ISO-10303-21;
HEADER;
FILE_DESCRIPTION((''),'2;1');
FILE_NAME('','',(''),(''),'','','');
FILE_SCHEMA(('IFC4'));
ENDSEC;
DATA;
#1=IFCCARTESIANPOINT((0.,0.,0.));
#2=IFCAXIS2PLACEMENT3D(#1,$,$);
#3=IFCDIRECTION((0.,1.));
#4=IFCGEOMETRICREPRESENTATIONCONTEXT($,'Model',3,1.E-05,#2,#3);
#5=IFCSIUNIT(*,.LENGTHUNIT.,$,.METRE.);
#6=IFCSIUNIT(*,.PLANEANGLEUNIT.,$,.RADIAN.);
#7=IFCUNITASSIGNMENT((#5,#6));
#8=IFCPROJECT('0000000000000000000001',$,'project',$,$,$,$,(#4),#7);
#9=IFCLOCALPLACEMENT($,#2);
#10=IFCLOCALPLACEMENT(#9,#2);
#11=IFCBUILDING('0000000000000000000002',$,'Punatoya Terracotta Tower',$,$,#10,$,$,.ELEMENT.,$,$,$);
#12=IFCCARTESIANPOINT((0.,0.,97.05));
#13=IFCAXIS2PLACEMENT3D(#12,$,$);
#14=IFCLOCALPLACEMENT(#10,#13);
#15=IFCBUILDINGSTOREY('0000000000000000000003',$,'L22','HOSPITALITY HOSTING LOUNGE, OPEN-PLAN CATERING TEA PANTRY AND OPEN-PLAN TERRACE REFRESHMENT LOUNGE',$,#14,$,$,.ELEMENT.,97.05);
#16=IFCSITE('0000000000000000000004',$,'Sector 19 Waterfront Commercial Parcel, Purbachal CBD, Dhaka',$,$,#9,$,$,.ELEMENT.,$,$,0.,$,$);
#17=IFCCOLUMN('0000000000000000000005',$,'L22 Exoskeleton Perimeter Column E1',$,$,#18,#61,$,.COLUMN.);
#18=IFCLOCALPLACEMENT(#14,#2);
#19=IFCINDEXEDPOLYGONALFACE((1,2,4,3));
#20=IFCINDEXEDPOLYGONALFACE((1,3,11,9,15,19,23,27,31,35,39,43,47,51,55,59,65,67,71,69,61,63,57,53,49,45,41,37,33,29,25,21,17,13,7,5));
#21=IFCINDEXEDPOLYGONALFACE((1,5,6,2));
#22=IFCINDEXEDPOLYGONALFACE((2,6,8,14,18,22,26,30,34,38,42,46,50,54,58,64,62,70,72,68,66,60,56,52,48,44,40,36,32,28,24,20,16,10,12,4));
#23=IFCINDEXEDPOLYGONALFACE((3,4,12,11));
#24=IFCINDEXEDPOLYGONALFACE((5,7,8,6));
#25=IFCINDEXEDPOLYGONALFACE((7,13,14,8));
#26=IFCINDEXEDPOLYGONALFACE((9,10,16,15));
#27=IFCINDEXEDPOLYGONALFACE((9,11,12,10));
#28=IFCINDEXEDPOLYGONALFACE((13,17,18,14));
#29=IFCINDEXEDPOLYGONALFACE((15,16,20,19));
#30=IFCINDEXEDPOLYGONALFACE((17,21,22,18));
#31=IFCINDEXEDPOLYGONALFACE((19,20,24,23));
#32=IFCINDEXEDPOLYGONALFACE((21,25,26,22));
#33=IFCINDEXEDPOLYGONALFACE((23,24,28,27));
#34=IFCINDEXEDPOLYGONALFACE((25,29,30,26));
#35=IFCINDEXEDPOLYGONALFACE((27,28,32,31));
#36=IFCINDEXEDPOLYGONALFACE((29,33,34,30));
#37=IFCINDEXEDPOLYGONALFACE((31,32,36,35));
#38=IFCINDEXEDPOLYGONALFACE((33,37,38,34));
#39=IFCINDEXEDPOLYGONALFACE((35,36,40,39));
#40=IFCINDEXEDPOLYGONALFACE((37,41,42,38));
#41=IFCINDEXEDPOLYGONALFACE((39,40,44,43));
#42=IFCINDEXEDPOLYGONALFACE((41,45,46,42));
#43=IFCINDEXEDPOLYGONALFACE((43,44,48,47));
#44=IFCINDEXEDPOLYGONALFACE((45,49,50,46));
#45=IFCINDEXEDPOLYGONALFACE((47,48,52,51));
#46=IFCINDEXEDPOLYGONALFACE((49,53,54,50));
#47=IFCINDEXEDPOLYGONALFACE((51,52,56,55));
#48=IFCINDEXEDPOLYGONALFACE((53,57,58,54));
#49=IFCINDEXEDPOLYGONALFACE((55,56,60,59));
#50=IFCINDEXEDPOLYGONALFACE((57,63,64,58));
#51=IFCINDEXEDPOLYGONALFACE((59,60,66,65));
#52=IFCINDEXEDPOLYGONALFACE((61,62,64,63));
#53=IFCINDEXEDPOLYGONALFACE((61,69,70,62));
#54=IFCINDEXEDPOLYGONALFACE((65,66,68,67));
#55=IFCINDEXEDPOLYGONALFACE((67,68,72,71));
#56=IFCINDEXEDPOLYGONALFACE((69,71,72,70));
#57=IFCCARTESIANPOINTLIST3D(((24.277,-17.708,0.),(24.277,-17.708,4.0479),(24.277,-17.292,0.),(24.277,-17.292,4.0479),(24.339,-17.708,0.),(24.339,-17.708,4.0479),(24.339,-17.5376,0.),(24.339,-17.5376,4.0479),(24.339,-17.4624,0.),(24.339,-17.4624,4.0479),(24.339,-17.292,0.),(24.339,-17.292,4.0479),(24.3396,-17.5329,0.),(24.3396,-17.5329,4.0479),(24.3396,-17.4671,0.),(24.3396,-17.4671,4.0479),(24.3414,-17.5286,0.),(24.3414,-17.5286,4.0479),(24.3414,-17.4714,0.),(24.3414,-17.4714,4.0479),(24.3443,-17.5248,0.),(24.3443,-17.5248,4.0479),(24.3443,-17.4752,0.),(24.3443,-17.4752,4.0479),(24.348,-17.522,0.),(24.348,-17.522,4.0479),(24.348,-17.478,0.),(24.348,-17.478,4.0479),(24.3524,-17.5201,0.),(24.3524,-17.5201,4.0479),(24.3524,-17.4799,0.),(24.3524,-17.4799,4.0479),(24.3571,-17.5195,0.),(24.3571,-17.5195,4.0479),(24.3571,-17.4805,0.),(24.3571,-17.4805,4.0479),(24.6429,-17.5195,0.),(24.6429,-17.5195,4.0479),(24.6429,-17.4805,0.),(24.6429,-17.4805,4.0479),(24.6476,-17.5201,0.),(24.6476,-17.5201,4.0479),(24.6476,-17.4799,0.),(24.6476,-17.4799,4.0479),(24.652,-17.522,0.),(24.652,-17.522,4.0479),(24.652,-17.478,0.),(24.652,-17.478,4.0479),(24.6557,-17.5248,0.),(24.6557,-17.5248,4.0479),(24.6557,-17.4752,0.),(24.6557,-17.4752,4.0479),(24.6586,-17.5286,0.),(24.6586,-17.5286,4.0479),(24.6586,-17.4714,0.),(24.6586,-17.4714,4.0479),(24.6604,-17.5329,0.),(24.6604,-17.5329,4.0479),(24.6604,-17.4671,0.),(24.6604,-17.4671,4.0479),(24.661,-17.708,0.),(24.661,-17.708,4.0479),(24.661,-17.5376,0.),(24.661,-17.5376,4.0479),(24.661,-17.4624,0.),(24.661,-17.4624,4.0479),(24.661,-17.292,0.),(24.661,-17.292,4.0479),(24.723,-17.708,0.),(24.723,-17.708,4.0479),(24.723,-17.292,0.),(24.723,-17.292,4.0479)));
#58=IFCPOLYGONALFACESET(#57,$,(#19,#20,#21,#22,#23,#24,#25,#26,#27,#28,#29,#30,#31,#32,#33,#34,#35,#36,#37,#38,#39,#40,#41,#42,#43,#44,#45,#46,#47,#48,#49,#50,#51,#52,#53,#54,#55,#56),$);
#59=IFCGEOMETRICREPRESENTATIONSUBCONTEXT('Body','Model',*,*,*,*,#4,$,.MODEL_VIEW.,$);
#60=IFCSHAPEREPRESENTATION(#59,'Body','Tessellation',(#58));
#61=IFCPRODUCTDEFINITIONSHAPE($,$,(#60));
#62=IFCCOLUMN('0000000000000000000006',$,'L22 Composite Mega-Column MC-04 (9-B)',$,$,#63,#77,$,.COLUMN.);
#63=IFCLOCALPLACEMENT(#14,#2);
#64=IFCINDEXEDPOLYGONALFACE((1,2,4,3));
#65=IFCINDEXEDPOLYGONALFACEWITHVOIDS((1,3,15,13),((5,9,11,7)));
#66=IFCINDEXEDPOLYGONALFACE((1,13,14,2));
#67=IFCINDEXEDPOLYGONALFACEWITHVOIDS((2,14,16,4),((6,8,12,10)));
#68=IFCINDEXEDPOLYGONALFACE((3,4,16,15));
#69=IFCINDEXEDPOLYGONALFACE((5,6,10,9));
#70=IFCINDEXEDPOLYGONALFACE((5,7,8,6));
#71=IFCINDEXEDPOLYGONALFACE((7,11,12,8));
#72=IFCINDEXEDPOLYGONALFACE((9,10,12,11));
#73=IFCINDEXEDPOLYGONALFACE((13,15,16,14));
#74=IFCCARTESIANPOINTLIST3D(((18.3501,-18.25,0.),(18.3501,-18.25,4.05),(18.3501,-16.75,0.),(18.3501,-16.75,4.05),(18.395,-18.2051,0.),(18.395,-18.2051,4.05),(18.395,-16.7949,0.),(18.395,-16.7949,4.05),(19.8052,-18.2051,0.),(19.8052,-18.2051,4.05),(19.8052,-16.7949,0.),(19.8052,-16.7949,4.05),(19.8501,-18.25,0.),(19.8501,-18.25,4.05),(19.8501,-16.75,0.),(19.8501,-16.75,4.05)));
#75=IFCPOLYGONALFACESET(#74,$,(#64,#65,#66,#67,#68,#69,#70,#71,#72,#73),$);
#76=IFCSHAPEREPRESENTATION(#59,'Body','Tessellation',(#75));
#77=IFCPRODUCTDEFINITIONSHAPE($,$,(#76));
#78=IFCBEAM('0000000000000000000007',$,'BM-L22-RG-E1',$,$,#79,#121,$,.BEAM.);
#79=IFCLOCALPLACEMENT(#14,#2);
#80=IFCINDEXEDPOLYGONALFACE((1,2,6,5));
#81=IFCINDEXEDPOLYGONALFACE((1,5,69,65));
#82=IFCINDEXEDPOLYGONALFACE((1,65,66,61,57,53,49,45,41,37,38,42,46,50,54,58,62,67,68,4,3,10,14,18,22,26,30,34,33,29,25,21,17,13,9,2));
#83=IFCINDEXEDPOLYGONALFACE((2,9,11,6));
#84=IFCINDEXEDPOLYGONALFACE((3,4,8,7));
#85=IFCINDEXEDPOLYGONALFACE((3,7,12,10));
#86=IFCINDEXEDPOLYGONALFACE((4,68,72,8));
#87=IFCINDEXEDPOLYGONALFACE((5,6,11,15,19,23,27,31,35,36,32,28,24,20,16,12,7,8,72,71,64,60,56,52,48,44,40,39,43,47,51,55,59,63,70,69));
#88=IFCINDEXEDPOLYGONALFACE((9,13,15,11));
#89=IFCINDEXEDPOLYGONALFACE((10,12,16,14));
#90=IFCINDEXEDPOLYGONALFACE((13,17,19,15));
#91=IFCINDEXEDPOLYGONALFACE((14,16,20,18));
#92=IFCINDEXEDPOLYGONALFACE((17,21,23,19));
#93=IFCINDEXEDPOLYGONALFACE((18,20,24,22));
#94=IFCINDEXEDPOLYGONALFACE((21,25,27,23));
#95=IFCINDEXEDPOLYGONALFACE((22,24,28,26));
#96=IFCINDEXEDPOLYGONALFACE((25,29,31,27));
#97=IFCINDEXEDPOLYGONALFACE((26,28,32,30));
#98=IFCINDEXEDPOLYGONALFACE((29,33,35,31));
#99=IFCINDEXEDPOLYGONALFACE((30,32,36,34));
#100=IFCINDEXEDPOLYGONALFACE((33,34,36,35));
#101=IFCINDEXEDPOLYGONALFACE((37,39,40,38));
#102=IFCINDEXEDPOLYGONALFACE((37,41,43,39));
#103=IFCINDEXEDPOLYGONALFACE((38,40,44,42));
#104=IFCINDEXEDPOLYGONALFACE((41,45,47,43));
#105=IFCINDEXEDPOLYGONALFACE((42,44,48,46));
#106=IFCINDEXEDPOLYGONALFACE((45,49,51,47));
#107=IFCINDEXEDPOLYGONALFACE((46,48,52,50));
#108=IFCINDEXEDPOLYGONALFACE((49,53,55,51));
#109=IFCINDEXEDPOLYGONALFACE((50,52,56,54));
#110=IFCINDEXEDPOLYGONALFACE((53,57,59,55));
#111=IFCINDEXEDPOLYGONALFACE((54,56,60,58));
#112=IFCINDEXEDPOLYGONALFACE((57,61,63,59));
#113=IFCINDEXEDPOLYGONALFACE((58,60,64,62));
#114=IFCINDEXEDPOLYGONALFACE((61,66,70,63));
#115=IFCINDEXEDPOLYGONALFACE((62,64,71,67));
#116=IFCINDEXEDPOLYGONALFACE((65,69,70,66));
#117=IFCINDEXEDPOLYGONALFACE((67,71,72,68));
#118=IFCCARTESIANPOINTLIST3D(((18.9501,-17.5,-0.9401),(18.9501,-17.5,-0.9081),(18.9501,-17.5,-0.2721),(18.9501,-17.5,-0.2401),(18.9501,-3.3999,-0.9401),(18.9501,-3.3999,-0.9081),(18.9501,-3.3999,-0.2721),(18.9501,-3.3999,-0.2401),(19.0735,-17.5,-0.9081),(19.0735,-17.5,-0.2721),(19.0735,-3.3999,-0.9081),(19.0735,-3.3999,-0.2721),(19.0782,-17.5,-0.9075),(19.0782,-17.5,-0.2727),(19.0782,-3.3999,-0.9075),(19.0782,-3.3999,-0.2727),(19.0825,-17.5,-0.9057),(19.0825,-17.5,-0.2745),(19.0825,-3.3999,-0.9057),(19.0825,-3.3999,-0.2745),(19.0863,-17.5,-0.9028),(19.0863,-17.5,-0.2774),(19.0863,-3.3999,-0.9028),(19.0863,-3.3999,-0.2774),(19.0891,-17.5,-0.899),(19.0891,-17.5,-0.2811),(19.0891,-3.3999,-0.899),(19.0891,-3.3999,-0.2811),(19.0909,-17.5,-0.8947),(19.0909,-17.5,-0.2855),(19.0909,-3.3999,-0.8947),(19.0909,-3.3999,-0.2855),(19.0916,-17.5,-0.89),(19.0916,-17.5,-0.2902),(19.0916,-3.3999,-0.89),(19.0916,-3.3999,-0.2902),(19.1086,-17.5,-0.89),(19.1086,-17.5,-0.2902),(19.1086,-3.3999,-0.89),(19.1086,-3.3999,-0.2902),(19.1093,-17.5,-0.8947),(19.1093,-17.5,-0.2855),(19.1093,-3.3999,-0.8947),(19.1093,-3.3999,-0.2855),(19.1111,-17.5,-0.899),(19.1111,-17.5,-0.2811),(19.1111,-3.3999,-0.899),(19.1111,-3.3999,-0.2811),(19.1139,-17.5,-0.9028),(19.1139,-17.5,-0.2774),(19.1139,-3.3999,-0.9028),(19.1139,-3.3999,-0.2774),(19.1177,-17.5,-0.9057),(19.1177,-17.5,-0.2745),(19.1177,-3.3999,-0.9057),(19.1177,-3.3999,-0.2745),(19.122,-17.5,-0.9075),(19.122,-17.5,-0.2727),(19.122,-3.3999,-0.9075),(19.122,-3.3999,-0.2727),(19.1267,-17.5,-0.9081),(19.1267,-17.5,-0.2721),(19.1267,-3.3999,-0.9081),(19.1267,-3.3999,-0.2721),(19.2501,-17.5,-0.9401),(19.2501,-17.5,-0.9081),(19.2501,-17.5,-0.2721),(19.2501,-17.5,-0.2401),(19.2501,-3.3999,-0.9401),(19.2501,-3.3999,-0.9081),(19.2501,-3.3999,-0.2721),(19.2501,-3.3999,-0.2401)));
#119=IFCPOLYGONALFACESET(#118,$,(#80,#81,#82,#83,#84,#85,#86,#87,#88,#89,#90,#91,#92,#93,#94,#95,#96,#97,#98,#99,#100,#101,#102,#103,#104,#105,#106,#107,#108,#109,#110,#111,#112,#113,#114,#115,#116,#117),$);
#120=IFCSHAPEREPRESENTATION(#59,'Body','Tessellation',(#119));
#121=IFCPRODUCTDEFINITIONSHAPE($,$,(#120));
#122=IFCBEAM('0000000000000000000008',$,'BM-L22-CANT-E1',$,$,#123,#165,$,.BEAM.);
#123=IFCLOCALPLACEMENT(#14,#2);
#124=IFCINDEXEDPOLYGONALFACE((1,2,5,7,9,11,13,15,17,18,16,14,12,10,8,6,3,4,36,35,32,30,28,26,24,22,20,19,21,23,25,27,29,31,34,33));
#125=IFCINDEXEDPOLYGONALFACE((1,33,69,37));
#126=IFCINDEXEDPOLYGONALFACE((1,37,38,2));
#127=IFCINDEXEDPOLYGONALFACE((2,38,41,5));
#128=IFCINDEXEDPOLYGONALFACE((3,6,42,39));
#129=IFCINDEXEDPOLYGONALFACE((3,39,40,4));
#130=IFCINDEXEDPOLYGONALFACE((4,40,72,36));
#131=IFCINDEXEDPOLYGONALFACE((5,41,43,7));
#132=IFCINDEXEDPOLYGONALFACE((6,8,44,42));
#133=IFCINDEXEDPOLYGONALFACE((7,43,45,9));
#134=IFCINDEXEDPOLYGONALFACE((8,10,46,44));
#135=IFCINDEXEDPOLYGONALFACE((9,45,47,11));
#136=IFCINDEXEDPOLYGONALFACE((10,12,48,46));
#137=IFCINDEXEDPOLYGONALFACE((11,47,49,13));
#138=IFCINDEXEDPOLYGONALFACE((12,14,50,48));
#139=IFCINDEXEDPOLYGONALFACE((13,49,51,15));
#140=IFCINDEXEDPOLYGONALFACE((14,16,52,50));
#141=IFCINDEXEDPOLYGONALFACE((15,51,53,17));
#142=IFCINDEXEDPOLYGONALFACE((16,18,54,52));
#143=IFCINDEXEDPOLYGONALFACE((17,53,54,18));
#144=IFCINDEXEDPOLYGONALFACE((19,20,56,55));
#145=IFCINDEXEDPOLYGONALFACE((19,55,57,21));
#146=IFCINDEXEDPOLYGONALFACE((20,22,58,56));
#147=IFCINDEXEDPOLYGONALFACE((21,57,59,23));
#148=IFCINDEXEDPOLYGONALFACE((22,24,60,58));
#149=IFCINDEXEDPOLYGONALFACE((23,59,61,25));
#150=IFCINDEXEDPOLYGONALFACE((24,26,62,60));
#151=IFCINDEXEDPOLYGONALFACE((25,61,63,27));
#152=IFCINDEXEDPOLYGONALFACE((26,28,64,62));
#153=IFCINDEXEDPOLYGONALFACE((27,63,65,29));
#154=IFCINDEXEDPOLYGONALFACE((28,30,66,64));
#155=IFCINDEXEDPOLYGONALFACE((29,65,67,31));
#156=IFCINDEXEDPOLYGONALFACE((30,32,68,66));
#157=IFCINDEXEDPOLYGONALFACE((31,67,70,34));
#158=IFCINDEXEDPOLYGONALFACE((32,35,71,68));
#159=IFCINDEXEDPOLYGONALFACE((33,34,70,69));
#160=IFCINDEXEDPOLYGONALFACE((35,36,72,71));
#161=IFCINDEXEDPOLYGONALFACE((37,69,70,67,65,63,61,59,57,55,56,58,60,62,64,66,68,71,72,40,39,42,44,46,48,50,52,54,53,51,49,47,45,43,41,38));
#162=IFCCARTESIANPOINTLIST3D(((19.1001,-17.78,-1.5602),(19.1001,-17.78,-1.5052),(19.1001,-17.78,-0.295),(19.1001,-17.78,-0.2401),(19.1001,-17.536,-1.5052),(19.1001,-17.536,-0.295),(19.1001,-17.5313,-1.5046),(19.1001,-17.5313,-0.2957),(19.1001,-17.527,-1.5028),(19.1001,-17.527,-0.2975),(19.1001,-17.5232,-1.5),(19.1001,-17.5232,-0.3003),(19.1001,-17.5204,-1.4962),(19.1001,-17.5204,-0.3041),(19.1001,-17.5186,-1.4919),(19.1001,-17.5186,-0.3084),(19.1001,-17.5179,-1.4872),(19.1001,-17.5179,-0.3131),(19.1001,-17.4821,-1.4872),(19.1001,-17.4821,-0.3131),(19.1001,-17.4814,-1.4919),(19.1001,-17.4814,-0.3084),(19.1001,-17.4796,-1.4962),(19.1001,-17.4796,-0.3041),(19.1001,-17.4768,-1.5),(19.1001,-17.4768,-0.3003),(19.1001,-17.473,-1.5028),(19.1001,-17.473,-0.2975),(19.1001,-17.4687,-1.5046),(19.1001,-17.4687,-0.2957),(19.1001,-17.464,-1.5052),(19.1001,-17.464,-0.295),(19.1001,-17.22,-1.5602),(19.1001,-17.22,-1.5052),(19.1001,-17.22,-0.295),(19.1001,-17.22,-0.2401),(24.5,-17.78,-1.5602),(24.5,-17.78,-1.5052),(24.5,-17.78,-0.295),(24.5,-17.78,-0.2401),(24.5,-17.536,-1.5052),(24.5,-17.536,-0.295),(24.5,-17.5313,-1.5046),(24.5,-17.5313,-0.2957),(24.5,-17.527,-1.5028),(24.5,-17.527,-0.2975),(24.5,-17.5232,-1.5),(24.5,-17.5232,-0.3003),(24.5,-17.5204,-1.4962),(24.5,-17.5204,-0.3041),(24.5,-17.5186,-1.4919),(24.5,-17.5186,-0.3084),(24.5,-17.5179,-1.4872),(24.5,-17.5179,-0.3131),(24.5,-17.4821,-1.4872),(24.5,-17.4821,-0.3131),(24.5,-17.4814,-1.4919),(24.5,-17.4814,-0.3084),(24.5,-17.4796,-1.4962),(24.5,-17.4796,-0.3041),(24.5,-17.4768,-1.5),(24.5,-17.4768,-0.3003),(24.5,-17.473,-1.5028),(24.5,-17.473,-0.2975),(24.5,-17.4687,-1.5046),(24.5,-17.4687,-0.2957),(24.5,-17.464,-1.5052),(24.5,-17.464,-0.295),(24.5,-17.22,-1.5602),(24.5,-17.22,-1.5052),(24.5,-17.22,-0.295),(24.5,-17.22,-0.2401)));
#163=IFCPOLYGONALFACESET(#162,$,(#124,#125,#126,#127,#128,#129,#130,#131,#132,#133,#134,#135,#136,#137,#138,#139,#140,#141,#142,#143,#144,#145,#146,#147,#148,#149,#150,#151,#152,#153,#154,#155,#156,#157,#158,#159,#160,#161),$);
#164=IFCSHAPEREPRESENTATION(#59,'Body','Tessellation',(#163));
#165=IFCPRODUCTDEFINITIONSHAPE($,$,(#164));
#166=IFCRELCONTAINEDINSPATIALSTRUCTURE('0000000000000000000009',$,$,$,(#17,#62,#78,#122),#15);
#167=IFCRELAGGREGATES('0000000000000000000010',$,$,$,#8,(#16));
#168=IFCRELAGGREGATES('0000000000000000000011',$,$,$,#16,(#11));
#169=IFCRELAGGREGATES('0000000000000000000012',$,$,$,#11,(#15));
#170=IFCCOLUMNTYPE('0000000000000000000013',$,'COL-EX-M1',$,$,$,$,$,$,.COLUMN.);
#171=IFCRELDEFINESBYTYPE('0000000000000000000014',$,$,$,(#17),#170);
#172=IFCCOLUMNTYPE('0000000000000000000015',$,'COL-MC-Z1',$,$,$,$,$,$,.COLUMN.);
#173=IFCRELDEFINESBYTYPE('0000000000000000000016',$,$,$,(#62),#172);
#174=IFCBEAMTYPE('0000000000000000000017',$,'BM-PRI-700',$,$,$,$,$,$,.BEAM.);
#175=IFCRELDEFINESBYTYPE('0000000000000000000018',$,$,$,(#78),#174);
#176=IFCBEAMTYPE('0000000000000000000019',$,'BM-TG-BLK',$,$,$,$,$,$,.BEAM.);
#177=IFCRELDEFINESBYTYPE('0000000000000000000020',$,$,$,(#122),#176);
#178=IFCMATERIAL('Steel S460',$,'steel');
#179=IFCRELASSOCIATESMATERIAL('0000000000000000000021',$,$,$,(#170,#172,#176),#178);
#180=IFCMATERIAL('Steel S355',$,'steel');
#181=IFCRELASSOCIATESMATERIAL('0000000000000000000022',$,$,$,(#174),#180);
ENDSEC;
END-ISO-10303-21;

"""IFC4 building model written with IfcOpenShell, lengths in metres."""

from ifc_helpers import new_model, si_unit, direction, frame, origin, origin_2d, place, context, subcontext, project, spatial, hollow_rectangle, i_section, extrude, material, material_profile, profile_set, type_object, element, save


model = new_model("IFC4")

# Units and contexts
model_context = context("Model", 3, precision=1e-05, world=origin(), true_north=direction((0.0, 1.0)))
body_context = subcontext(model_context, "Body", "Model", "MODEL_VIEW")
ifc_project = project(units=[si_unit("LENGTHUNIT", "METRE"), si_unit("PLANEANGLEUNIT", "RADIAN")], contexts=[model_context])

# Site, building, storey
site_placement = place(None, origin())
site = spatial("IfcSite", under=ifc_project, at=site_placement, Name="Sector 19 Waterfront Commercial Parcel, Purbachal CBD, Dhaka", CompositionType="ELEMENT", RefElevation=0.0)
building_placement = place(site_placement, origin())
building = spatial("IfcBuilding", under=site, at=building_placement, Name="Punatoya Terracotta Tower", CompositionType="ELEMENT")
storey_placement = place(building_placement, frame((0.0, 0.0, 97.05)))
storey = spatial("IfcBuildingStorey", under=building, at=storey_placement, Name="L22", Description="HOSPITALITY HOSTING LOUNGE, OPEN-PLAN CATERING TEA PANTRY AND OPEN-PLAN TERRACE REFRESHMENT LOUNGE", CompositionType="ELEMENT", Elevation=97.05)

# Columns
ifc_material_1 = material(Name="Steel S460", Category="steel")
ifc_material_profile_1 = material_profile(ifc_material_1, i_section(OverallWidth=0.416, OverallDepth=0.446, WebThickness=0.0391, FlangeThickness=0.062, FilletRadius=0.0181, at=origin_2d()))
ifc_profile_set_1 = profile_set([ifc_material_profile_1], Name="Steel S460")
column_type_1 = type_object("IfcColumnType", Name="COL-EX-M1", PredefinedType="COLUMN", material=ifc_profile_set_1)
column_1_placement = place(storey_placement, frame((24.5, -17.5, 0.0), z_axis=(0.0, 0.0, 1.0), x_axis=(0.0, 1.0, 0.0)))
element("IfcColumn", 1, at=column_1_placement, inside=storey, type_object=column_type_1, Name="L22 Exoskeleton Perimeter Column E1", PredefinedType="COLUMN", context=body_context, shape_type="SweptSolid", body=[
    extrude(i_section(OverallWidth=0.416, OverallDepth=0.446, WebThickness=0.0391, FlangeThickness=0.062, FilletRadius=0.0181, at=origin_2d()), origin(), (0.0, 0.0, 1.0), 4.0479),
])
ifc_material_profile_2 = material_profile(ifc_material_1, hollow_rectangle(XDim=1.5, YDim=1.5, WallThickness=0.0449, at=origin_2d()))
ifc_profile_set_2 = profile_set([ifc_material_profile_2], Name="Steel S460")
column_type_2 = type_object("IfcColumnType", Name="COL-MC-Z1", PredefinedType="COLUMN", material=ifc_profile_set_2)
column_2_placement = place(storey_placement, frame((19.1001, -17.5, 0.0), z_axis=(0.0, 0.0, 1.0), x_axis=(1.0, 0.0, 0.0)))
element("IfcColumn", 2, at=column_2_placement, inside=storey, type_object=column_type_2, Name="L22 Composite Mega-Column MC-04 (9-B)", PredefinedType="COLUMN", context=body_context, shape_type="SweptSolid", body=[
    extrude(hollow_rectangle(XDim=1.5, YDim=1.5, WallThickness=0.0449, at=origin_2d()), origin(), (0.0, 0.0, 1.0), 4.05),
])

# Beams
ifc_material_2 = material(Name="Steel S355", Category="steel")
ifc_material_profile_3 = material_profile(ifc_material_2, i_section(OverallWidth=0.3, OverallDepth=0.7, WebThickness=0.0171, FlangeThickness=0.032, FilletRadius=0.0181, at=origin_2d()))
ifc_profile_set_3 = profile_set([ifc_material_profile_3], Name="Steel S355")
beam_type_1 = type_object("IfcBeamType", Name="BM-PRI-700", PredefinedType="BEAM", material=ifc_profile_set_3)
beam_1_placement = place(storey_placement, frame((19.1001, -17.5, -0.5901), z_axis=(0.0, 1.0, 0.0), x_axis=(-1.0, 0.0, 0.0)))
element("IfcBeam", 3, at=beam_1_placement, inside=storey, type_object=beam_type_1, Name="BM-L22-RG-E1", PredefinedType="BEAM", context=body_context, shape_type="SweptSolid", body=[
    extrude(i_section(OverallWidth=0.3, OverallDepth=0.7, WebThickness=0.0171, FlangeThickness=0.032, FilletRadius=0.0181, at=origin_2d()), origin(), (0.0, 0.0, 1.0), 14.1001),
])
ifc_material_profile_4 = material_profile(ifc_material_1, i_section(OverallWidth=0.5601, OverallDepth=1.3201, WebThickness=0.0359, FlangeThickness=0.0549, FilletRadius=0.0181, at=origin_2d()))
ifc_profile_set_4 = profile_set([ifc_material_profile_4], Name="Steel S460")
beam_type_2 = type_object("IfcBeamType", Name="BM-TG-BLK", PredefinedType="BEAM", material=ifc_profile_set_4)
beam_2_placement = place(storey_placement, frame((19.1001, -17.5, -0.9001), z_axis=(1.0, 0.0, 0.0), x_axis=(0.0, 1.0, 0.0)))
element("IfcBeam", 4, at=beam_2_placement, inside=storey, type_object=beam_type_2, Name="BM-L22-CANT-E1", PredefinedType="BEAM", context=body_context, shape_type="SweptSolid", body=[
    extrude(i_section(OverallWidth=0.5601, OverallDepth=1.3201, WebThickness=0.0359, FlangeThickness=0.0549, FilletRadius=0.0181, at=origin_2d()), origin(), (0.0, 0.0, 1.0), 5.3999),
])

save(model, "model.ifc")
